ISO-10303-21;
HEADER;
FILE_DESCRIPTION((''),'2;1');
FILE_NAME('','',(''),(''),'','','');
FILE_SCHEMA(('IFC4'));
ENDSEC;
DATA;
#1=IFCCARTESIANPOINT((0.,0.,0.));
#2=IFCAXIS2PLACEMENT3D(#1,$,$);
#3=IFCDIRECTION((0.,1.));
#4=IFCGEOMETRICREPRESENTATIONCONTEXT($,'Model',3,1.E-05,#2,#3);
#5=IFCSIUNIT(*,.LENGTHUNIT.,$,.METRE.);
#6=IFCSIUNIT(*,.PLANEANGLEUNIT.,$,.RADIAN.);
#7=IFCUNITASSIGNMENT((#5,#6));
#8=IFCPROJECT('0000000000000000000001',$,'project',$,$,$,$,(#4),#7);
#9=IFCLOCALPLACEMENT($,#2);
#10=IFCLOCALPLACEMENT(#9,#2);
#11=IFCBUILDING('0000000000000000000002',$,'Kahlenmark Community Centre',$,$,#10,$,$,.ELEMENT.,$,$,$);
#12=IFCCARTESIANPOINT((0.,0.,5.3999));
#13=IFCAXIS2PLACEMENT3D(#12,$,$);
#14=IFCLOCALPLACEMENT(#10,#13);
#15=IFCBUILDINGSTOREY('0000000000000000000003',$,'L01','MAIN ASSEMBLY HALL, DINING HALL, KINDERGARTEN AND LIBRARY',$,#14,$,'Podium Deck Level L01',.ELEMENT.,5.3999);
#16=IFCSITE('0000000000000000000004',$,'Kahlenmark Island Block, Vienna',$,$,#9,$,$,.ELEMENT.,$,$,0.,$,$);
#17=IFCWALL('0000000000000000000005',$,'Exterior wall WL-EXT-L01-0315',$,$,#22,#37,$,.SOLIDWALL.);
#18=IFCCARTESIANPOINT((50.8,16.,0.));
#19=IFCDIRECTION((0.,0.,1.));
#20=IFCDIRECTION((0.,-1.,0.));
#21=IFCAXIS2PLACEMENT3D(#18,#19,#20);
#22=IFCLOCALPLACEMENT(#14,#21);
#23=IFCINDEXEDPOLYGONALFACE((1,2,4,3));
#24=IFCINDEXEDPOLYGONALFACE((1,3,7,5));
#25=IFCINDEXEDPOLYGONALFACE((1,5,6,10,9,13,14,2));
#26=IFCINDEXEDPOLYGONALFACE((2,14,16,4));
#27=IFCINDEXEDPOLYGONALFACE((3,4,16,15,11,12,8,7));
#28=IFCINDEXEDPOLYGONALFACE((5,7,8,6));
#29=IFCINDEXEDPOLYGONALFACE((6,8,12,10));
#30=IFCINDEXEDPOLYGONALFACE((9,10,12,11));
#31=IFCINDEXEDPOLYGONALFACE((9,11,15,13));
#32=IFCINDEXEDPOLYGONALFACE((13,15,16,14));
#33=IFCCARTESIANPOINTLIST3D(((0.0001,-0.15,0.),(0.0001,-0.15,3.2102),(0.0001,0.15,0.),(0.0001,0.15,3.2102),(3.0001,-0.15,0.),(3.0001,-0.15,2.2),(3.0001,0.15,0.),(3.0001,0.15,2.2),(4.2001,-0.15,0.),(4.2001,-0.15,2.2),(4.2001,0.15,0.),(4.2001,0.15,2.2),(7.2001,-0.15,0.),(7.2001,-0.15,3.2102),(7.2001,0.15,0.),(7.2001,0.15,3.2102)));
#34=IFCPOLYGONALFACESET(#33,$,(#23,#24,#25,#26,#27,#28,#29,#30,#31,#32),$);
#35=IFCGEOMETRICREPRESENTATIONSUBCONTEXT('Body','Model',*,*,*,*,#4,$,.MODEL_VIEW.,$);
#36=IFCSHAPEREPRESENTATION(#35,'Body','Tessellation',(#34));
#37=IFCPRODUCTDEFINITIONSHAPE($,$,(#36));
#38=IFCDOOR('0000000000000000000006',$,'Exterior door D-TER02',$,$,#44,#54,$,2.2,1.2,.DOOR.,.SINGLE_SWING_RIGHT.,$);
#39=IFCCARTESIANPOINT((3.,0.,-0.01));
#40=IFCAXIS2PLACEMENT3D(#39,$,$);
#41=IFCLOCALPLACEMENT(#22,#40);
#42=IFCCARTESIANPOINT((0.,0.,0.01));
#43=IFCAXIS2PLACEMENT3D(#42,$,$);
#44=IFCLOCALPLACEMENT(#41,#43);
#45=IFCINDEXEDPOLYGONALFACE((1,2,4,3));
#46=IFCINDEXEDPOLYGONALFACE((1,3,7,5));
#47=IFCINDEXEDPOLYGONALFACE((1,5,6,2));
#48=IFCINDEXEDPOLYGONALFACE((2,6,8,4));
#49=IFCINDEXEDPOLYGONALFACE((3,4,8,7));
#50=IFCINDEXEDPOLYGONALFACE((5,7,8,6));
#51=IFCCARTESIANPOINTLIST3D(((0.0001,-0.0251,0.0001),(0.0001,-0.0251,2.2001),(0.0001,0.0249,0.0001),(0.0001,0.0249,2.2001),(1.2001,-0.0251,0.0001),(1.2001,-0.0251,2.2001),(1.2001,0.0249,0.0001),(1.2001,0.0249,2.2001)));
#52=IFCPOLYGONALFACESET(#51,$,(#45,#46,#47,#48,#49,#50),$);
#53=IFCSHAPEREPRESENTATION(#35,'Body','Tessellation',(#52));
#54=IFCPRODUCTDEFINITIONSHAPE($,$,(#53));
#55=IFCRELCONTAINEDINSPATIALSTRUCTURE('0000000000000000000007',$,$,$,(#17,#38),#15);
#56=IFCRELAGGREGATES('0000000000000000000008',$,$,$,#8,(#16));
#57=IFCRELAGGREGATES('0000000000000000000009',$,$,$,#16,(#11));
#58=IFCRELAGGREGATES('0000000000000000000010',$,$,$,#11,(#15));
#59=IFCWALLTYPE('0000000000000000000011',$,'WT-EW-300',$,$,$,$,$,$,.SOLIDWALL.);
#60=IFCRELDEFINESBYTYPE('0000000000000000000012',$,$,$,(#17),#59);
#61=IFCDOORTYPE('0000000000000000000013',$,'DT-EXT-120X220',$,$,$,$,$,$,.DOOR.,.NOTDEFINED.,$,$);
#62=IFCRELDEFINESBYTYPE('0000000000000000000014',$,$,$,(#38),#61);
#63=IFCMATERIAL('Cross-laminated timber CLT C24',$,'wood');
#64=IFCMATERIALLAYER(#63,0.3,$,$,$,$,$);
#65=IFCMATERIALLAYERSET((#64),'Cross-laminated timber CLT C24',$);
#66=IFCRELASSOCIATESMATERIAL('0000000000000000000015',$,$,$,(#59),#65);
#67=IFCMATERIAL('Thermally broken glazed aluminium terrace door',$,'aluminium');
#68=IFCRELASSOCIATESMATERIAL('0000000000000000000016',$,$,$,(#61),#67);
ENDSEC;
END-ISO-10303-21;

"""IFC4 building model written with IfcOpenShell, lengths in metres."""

from ifc_helpers import new_model, si_unit, direction, frame, frame_2d, origin, place, context, subcontext, project, spatial, rectangle, extrude, material, layer, layer_set, type_object, element, fill, save


model = new_model("IFC4")

# Units and contexts
model_context = context("Model", 3, precision=1e-05, world=origin(), true_north=direction((0.0, 1.0)))
body_context = subcontext(model_context, "Body", "Model", "MODEL_VIEW")
ifc_project = project(units=[si_unit("LENGTHUNIT", "METRE"), si_unit("PLANEANGLEUNIT", "RADIAN")], contexts=[model_context])

# Site, building, storey
site_placement = place(None, origin())
site = spatial("IfcSite", under=ifc_project, at=site_placement, Name="Kahlenmark Island Block, Vienna", CompositionType="ELEMENT", RefElevation=0.0)
building_placement = place(site_placement, origin())
building = spatial("IfcBuilding", under=site, at=building_placement, Name="Kahlenmark Community Centre", CompositionType="ELEMENT")
storey_placement = place(building_placement, frame((0.0, 0.0, 5.3999)))
storey = spatial("IfcBuildingStorey", under=building, at=storey_placement, Name="L01", Description="MAIN ASSEMBLY HALL, DINING HALL, KINDERGARTEN AND LIBRARY", LongName="Podium Deck Level L01", CompositionType="ELEMENT", Elevation=5.3999)

# Wall, opening, door
ifc_material_1 = material(Name="Cross-laminated timber CLT C24", Category="wood")
ifc_layer_1 = layer(ifc_material_1, 0.3)
ifc_layer_set_1 = layer_set([ifc_layer_1], Name="Cross-laminated timber CLT C24")
wall_type = type_object("IfcWallType", Name="WT-EW-300", PredefinedType="SOLIDWALL", material=ifc_layer_set_1)
wall_placement = place(storey_placement, frame((50.8, 16.0, 0.0), z_axis=(0.0, 0.0, 1.0), x_axis=(0.0, -1.0, 0.0)))
wall = element("IfcWall", 1, at=wall_placement, inside=storey, type_object=wall_type, Name="Exterior wall WL-EXT-L01-0315", PredefinedType="SOLIDWALL", context=body_context, shape_type="SweptSolid", body=[
    extrude(rectangle(XDim=7.2, YDim=0.3, at=frame_2d((3.6001, 0.0))), origin(), (0.0, 0.0, 1.0), 3.2102),
])
opening_placement = place(wall_placement, frame((3.0, 0.0, -0.01)))
opening = element("IfcOpeningElement", 2, at=opening_placement, cuts=wall, PredefinedType="OPENING", context=body_context, shape_type="SweptSolid", body=[
    extrude(rectangle(XDim=1.2, YDim=2.21, at=frame_2d((0.6001, 1.105))), frame((0.0, 0.1599, 0.0), z_axis=(0.0, -1.0, 0.0), x_axis=(1.0, 0.0, 0.0)), (0.0, 0.0, 1.0), 0.3201),
])
ifc_material_2 = material(Name="Thermally broken glazed aluminium terrace door", Category="aluminium")
door_type = type_object("IfcDoorType", Name="DT-EXT-120X220", OperationType="NOTDEFINED", PredefinedType="DOOR", material=ifc_material_2)
door_placement = place(opening_placement, frame((0.0, 0.0, 0.01)))
door = element("IfcDoor", 3, at=door_placement, inside=storey, type_object=door_type, Name="Exterior door D-TER02", OperationType="SINGLE_SWING_RIGHT", OverallHeight=2.2, OverallWidth=1.2, PredefinedType="DOOR", context=body_context, shape_type="SweptSolid", body=[
    extrude(rectangle(XDim=1.2, YDim=2.2, at=frame_2d((0.6001, 1.1001))), frame((0.0, 0.0249, 0.0), z_axis=(0.0, -1.0, 0.0), x_axis=(1.0, 0.0, 0.0)), (0.0, 0.0, 1.0), 0.05),
])
fill(opening, door)

save(model, "model.ifc")
